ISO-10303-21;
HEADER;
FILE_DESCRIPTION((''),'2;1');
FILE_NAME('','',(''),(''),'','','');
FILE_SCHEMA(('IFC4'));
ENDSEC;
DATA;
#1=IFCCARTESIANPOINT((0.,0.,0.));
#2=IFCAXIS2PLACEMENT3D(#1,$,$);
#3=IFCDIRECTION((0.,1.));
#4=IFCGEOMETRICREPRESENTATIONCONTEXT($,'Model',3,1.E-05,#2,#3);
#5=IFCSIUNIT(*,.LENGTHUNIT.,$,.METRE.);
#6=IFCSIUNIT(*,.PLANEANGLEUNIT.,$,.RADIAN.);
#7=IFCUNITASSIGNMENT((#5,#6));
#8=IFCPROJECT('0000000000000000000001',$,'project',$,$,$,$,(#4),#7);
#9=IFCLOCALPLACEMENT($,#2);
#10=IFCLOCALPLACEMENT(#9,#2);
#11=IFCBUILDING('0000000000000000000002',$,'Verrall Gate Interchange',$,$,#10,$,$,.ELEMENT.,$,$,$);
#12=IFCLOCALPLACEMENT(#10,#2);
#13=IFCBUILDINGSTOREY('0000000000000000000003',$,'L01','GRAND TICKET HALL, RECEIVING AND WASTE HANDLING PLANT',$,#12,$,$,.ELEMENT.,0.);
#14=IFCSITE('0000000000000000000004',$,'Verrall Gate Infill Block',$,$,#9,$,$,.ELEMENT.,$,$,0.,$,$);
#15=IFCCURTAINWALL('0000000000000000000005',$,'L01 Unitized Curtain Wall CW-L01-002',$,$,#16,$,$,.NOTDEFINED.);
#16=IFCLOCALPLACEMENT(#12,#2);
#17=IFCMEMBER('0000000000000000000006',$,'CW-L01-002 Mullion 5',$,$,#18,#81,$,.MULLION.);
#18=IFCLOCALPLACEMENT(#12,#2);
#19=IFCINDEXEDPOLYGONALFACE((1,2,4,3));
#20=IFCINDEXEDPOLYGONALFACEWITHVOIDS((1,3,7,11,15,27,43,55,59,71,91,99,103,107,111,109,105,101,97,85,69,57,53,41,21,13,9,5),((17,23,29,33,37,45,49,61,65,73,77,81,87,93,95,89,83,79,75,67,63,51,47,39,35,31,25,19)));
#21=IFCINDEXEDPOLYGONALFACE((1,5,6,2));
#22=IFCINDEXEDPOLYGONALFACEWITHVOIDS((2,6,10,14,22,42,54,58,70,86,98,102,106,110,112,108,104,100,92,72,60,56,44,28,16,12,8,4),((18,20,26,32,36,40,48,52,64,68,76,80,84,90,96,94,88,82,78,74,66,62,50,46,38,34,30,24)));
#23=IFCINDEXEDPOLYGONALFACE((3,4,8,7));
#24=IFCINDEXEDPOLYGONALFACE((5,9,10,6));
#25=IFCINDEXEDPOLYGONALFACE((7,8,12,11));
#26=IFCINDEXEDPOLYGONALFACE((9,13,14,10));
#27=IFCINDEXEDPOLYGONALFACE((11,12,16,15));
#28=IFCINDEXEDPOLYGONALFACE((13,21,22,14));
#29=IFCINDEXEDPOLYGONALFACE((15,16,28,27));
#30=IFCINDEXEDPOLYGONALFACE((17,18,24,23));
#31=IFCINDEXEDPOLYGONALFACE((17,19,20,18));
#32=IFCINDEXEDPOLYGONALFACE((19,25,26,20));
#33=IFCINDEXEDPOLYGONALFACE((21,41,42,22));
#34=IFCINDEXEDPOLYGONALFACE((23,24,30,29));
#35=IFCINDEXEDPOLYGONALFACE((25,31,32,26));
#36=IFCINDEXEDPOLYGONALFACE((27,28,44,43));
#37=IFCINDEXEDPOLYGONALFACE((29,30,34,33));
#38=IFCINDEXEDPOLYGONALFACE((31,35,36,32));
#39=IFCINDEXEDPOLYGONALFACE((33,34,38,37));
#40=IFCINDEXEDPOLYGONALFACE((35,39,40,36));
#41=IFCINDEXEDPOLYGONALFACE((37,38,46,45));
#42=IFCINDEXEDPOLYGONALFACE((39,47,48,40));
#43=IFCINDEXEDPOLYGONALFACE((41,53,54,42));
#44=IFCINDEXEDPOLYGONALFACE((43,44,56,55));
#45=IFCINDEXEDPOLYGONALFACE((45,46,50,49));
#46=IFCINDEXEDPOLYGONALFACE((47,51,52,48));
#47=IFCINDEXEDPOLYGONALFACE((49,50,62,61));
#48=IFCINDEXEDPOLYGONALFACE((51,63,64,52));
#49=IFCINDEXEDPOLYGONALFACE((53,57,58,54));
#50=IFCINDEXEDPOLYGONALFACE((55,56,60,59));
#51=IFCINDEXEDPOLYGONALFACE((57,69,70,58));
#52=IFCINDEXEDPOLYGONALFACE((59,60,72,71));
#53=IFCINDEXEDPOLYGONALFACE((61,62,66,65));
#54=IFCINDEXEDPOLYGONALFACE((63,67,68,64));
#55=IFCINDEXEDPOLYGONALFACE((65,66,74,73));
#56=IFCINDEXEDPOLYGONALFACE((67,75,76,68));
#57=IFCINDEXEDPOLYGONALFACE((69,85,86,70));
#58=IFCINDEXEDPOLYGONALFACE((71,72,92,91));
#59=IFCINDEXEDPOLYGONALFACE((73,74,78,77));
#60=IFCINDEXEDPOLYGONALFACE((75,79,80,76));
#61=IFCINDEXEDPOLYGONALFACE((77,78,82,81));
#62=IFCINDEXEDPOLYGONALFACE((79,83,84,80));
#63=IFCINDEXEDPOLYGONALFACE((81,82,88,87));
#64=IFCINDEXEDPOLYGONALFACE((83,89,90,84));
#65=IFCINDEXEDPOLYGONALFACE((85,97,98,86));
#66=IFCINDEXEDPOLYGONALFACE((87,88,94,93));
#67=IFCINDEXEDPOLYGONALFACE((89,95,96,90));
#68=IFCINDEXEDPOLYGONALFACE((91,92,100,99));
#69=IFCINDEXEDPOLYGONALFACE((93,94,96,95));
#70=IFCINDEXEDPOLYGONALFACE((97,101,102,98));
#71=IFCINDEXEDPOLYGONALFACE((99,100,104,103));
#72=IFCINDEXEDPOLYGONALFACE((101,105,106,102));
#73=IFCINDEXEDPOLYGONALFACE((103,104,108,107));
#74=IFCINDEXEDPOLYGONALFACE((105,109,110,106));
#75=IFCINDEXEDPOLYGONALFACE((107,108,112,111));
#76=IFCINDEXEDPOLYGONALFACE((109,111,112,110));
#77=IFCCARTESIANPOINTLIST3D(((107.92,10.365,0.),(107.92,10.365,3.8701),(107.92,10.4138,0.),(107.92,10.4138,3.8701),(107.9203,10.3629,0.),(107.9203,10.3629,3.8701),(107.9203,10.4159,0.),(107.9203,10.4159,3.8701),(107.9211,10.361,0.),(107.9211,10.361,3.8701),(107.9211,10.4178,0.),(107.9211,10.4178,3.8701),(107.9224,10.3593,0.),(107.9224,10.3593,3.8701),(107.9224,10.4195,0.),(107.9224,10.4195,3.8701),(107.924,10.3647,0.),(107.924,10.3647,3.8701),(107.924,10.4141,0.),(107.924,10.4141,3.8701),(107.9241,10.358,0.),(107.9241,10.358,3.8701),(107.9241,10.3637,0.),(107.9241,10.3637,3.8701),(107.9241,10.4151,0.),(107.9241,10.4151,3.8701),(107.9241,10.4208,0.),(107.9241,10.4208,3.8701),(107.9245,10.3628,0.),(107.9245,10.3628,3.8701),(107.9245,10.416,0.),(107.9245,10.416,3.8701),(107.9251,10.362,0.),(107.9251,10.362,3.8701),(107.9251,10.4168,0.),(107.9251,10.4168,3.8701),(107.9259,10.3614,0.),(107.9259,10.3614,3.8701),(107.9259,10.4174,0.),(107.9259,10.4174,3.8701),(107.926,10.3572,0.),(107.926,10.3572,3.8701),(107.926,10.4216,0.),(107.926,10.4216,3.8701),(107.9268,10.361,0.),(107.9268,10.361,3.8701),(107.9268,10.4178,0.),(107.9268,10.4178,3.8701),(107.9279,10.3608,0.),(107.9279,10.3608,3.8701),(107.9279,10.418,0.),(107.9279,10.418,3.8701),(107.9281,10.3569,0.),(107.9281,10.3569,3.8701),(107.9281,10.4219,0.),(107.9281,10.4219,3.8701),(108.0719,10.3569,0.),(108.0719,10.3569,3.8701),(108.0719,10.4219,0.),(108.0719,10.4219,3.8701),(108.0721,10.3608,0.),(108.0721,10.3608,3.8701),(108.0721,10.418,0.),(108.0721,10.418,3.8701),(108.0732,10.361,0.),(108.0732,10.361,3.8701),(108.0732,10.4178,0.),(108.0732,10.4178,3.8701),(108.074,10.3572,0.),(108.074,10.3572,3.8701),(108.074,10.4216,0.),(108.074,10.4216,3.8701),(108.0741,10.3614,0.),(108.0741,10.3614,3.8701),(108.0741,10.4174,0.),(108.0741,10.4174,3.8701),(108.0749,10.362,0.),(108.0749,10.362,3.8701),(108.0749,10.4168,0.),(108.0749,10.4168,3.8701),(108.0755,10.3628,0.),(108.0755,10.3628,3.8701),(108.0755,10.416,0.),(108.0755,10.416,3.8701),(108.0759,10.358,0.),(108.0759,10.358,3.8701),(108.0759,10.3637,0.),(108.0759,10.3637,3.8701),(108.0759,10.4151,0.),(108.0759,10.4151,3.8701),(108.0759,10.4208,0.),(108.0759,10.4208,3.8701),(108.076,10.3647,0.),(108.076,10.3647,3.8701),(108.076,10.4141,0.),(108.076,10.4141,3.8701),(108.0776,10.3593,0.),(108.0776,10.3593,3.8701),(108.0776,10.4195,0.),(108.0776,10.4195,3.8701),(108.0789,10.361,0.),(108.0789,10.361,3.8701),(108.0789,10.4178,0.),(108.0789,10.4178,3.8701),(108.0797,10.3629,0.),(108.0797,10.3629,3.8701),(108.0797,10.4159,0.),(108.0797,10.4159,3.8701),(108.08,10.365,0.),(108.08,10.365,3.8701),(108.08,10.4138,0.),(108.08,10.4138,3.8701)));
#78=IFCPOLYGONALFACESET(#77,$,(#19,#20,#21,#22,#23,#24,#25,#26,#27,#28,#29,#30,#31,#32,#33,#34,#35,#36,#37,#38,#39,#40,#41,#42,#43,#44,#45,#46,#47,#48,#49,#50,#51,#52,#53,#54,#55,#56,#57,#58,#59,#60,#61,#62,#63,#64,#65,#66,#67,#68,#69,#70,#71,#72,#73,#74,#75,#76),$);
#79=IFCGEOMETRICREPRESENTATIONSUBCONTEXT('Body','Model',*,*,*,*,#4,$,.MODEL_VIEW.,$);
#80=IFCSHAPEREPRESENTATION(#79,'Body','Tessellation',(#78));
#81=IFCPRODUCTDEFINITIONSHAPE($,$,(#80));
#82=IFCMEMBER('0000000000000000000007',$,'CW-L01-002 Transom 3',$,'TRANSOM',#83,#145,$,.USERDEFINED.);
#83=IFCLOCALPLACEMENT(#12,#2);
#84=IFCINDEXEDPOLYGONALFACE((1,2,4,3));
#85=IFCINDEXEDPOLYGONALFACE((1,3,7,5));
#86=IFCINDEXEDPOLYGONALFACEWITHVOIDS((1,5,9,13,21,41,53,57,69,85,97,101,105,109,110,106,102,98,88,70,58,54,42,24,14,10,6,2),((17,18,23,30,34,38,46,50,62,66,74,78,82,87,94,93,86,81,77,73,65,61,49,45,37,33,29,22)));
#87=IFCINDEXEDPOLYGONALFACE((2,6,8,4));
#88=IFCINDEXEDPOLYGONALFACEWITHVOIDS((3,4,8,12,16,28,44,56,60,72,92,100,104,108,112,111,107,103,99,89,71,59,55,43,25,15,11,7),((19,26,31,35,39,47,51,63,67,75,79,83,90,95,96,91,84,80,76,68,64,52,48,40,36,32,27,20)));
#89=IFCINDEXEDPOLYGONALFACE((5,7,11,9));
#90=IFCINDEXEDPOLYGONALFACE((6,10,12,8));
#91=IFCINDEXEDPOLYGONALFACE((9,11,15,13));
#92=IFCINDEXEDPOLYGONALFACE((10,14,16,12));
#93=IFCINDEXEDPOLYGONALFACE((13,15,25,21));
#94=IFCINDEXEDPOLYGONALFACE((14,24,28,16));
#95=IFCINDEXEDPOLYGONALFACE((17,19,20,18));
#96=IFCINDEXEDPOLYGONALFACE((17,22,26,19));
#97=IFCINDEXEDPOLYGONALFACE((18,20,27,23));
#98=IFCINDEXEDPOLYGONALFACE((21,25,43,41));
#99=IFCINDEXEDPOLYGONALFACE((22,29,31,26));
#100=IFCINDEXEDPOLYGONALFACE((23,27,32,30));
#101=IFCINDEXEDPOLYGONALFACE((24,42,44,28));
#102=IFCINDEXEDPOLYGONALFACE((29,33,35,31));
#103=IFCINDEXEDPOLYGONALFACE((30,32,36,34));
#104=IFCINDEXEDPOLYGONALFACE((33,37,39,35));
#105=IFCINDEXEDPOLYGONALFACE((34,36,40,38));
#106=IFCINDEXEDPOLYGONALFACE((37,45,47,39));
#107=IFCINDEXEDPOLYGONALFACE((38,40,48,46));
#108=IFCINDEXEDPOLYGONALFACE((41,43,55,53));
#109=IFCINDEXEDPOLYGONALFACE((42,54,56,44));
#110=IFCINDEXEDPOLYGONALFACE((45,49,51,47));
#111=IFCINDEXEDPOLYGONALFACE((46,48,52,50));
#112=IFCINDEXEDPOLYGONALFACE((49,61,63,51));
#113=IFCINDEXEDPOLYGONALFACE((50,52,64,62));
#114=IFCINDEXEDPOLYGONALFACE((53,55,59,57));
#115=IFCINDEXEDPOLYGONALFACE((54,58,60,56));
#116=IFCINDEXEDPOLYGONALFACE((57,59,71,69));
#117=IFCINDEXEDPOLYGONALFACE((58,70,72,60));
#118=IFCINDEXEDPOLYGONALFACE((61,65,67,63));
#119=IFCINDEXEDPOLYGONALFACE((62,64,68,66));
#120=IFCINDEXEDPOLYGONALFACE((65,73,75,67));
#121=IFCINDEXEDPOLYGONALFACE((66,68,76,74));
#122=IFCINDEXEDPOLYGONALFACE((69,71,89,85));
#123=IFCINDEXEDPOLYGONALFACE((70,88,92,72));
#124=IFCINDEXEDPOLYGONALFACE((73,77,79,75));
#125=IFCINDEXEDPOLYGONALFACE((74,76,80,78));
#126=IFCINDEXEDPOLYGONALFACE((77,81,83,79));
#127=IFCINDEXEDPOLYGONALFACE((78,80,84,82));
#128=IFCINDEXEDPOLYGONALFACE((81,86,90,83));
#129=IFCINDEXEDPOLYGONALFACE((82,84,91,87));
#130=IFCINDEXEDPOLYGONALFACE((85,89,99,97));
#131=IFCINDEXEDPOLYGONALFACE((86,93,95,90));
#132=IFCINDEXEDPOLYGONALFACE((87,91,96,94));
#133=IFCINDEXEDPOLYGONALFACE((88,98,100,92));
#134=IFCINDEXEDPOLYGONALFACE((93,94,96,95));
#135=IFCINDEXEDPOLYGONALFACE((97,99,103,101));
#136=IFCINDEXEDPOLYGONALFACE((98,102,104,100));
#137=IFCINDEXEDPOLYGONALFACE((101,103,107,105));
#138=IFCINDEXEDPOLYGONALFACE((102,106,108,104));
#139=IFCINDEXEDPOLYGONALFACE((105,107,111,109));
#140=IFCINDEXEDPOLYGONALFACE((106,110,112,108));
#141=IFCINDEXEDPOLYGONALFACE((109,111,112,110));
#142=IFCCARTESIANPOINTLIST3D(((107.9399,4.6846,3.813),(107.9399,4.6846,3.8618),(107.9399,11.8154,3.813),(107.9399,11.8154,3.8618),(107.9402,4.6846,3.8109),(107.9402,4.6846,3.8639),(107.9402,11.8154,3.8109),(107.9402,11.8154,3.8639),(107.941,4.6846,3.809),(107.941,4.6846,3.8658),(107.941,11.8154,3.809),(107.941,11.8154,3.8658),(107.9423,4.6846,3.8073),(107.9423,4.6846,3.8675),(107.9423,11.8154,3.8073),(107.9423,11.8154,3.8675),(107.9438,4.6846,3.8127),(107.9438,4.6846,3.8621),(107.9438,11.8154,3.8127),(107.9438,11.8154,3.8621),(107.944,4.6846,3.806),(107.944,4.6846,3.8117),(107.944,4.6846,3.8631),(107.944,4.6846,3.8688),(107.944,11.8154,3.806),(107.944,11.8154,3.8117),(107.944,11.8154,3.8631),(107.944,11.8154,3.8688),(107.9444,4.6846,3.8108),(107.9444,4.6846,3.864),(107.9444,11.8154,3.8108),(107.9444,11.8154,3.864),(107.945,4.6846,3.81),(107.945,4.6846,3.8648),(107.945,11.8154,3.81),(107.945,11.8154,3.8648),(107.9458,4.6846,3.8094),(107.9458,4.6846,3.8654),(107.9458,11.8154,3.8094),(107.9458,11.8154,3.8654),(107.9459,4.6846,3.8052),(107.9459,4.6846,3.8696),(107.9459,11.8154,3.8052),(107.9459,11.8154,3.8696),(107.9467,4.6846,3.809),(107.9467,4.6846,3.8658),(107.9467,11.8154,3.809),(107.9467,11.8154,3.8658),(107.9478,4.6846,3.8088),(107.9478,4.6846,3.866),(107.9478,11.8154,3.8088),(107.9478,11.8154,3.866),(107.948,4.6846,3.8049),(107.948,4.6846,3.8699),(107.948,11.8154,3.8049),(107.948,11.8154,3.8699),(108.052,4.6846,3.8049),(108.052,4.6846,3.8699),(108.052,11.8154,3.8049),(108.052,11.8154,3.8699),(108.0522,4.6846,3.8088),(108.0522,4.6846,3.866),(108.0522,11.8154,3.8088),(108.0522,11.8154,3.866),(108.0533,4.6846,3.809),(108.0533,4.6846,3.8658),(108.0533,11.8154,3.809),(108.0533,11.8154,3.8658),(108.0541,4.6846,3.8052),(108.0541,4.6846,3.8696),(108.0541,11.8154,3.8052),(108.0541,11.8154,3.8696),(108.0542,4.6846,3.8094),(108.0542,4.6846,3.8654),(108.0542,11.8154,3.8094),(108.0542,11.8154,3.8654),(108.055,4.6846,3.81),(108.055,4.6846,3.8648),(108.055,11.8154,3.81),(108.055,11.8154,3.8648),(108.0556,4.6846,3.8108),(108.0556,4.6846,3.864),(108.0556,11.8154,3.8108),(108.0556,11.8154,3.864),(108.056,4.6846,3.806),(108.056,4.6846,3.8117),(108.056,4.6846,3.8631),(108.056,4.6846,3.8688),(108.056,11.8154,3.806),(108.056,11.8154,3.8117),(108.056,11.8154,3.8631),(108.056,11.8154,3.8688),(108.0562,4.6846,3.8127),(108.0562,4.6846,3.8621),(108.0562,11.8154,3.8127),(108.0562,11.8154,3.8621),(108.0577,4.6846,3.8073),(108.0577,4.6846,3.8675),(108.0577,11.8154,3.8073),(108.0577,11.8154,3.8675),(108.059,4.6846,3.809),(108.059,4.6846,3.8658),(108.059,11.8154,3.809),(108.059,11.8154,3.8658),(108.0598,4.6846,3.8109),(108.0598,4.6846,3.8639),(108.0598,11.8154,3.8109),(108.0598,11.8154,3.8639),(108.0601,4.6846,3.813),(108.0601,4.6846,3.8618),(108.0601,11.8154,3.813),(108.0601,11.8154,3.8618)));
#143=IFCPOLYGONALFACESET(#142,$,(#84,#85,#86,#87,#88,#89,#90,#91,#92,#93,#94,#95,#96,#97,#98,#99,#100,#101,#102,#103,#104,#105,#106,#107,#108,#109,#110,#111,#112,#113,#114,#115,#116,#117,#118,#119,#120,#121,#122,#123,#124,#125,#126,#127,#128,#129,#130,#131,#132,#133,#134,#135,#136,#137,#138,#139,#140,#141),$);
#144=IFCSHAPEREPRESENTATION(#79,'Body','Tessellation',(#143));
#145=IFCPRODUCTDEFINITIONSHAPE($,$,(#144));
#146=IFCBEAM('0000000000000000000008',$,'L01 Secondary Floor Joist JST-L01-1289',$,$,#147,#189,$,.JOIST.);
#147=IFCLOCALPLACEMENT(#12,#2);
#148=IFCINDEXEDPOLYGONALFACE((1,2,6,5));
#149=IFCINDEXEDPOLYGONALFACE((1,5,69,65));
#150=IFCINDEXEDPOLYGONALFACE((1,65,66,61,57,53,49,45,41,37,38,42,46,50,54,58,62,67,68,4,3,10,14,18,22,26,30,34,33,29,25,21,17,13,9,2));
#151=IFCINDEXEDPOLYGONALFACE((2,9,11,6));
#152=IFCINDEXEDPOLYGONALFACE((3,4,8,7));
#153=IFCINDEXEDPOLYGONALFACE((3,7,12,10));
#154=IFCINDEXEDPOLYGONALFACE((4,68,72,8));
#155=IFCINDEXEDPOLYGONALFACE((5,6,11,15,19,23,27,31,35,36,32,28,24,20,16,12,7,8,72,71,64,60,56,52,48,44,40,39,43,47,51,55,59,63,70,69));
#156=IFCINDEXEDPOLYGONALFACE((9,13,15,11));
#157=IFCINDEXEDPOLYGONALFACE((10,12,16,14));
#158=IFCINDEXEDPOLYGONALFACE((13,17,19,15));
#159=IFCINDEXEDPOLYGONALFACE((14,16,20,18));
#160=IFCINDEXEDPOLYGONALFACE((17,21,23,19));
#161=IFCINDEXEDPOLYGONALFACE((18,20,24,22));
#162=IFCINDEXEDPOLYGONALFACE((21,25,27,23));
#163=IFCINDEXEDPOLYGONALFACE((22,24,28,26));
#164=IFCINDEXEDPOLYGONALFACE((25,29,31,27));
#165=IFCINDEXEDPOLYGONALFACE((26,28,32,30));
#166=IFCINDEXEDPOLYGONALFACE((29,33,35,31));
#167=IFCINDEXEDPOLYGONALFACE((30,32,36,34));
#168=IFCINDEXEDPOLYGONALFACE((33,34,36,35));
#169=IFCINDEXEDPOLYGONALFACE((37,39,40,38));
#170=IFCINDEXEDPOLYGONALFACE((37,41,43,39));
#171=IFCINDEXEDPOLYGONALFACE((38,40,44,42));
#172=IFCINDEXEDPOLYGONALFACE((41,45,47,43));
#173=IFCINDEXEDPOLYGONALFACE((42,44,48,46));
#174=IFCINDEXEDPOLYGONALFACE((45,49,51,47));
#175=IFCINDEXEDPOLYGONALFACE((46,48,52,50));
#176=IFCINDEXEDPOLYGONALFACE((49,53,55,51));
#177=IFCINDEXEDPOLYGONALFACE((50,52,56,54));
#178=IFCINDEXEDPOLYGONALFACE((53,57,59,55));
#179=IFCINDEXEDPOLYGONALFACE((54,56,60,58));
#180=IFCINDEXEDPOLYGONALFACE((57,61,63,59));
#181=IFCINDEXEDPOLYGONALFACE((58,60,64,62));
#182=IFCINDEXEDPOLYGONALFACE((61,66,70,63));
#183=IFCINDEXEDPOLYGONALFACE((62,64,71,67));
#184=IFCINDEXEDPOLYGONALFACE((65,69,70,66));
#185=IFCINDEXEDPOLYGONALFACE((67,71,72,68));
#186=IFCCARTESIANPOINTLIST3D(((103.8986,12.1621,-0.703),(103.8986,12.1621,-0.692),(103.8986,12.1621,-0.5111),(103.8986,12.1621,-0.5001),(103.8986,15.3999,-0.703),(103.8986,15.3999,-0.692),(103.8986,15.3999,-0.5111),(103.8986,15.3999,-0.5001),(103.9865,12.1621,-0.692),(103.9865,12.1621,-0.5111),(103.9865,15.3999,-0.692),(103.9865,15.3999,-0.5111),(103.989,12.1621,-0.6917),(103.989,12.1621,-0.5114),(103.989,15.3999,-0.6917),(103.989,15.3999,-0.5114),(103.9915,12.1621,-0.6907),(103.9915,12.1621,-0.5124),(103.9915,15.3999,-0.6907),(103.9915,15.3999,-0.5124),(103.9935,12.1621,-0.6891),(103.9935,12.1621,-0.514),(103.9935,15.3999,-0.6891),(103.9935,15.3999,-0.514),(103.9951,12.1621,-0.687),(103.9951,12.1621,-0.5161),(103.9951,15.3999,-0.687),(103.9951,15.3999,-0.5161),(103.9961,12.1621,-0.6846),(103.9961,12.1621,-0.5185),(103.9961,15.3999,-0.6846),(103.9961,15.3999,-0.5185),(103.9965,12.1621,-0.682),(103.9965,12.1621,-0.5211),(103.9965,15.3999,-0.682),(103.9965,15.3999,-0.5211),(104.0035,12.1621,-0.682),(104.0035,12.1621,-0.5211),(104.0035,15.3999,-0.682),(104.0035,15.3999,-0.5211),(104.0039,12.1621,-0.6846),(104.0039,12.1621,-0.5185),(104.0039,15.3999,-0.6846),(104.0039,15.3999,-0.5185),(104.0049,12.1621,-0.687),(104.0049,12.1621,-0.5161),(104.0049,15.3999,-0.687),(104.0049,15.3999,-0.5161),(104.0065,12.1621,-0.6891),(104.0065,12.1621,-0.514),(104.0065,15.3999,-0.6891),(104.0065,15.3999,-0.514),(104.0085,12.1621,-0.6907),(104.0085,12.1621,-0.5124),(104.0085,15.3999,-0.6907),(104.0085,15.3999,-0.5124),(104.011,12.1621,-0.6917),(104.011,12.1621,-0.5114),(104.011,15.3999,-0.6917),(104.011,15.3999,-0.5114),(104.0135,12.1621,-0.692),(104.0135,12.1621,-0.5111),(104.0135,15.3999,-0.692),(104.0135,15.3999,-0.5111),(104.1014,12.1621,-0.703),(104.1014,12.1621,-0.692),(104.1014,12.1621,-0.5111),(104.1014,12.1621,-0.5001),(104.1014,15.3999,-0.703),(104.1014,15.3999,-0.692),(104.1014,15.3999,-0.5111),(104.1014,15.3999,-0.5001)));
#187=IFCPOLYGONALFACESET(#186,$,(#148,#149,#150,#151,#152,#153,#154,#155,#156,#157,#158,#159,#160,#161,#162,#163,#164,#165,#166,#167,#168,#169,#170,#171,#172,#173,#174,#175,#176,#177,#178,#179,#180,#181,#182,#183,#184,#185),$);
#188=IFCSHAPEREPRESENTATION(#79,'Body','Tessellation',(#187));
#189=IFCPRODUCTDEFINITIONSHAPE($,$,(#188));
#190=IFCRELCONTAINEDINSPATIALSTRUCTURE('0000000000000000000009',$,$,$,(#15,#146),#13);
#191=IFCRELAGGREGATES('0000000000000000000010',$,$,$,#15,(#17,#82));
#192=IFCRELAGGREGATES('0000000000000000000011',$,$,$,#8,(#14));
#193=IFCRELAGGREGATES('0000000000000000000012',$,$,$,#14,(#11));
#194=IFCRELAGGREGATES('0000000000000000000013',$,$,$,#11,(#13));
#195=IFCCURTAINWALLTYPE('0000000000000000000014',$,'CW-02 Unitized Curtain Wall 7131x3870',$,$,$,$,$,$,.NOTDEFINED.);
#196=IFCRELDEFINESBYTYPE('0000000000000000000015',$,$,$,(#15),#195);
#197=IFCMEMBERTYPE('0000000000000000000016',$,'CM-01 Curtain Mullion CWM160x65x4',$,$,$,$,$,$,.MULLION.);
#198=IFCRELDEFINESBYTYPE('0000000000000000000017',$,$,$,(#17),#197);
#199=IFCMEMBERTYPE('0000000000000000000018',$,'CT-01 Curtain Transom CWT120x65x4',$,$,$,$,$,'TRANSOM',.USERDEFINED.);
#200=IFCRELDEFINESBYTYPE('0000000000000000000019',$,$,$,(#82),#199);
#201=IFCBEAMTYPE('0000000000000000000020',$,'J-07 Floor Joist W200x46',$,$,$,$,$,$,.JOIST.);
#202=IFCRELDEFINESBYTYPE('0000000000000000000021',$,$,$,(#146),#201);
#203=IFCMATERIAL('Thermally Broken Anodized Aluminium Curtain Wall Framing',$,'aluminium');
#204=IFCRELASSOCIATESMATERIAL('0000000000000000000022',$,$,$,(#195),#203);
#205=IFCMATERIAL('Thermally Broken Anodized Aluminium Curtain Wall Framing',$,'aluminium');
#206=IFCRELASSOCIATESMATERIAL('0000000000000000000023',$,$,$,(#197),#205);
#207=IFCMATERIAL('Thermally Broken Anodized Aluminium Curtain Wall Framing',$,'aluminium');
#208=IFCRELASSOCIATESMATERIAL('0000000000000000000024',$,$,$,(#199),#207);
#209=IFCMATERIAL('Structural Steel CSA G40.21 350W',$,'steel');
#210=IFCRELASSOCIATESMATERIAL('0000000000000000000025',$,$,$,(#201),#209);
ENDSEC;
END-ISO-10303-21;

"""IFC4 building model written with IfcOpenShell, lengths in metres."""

from ifc_helpers import new_model, si_unit, direction, frame, origin, origin_2d, place, context, subcontext, project, spatial, hollow_rectangle, i_section, extrude, material, material_profile, profile_set, type_object, element, aggregate, save


model = new_model("IFC4")

# Units and contexts
model_context = context("Model", 3, precision=1e-05, world=origin(), true_north=direction((0.0, 1.0)))
body_context = subcontext(model_context, "Body", "Model", "MODEL_VIEW")
ifc_project = project(units=[si_unit("LENGTHUNIT", "METRE"), si_unit("PLANEANGLEUNIT", "RADIAN")], contexts=[model_context])

# Site, building, storey
site_placement = place(None, origin())
site = spatial("IfcSite", under=ifc_project, at=site_placement, Name="Verrall Gate Infill Block", CompositionType="ELEMENT", RefElevation=0.0)
building_placement = place(site_placement, origin())
building = spatial("IfcBuilding", under=site, at=building_placement, Name="Verrall Gate Interchange", CompositionType="ELEMENT")
storey_placement = place(building_placement, origin())
storey = spatial("IfcBuildingStorey", under=building, at=storey_placement, Name="L01", Description="GRAND TICKET HALL, RECEIVING AND WASTE HANDLING PLANT", CompositionType="ELEMENT", Elevation=0.0)

# Curtain wall, members
ifc_material_1 = material(Name="Thermally Broken Anodized Aluminium Curtain Wall Framing", Category="aluminium")
curtain_wall_type = type_object("IfcCurtainWallType", Name="CW-02 Unitized Curtain Wall 7131x3870", PredefinedType="NOTDEFINED", material=ifc_material_1)
curtain_wall_placement = place(storey_placement, origin())
curtain_wall = element("IfcCurtainWall", 1, at=curtain_wall_placement, inside=storey, type_object=curtain_wall_type, Name="L01 Unitized Curtain Wall CW-L01-002", PredefinedType="NOTDEFINED")
ifc_material_2 = material(Name="Thermally Broken Anodized Aluminium Curtain Wall Framing", Category="aluminium")
ifc_material_profile_1 = material_profile(ifc_material_2, hollow_rectangle(XDim=0.0649, YDim=0.1599, WallThickness=0.0039, InnerFilletRadius=0.0039, OuterFilletRadius=0.0081, at=origin_2d()), Name="CWM160x65x4")
ifc_profile_set_1 = profile_set([ifc_material_profile_1], Name="Thermally Broken Anodized Aluminium Curtain Wall Framing")
member_type_1 = type_object("IfcMemberType", Name="CM-01 Curtain Mullion CWM160x65x4", PredefinedType="MULLION", material=ifc_profile_set_1)
member_1_placement = place(storey_placement, frame((108.0, 10.3894, 0.0), z_axis=(0.0, 0.0, 1.0), x_axis=(0.0, 1.0, 0.0)))
member_1 = element("IfcMember", 2, at=member_1_placement, type_object=member_type_1, Name="CW-L01-002 Mullion 5", PredefinedType="MULLION", context=body_context, shape_type="SweptSolid", body=[
    extrude(hollow_rectangle(XDim=0.0649, YDim=0.1599, WallThickness=0.0039, InnerFilletRadius=0.0039, OuterFilletRadius=0.0081, at=origin_2d()), origin(), (0.0, 0.0, 1.0), 3.8701),
])
ifc_material_3 = material(Name="Thermally Broken Anodized Aluminium Curtain Wall Framing", Category="aluminium")
ifc_material_profile_2 = material_profile(ifc_material_3, hollow_rectangle(XDim=0.1201, YDim=0.0649, WallThickness=0.0039, InnerFilletRadius=0.0039, OuterFilletRadius=0.0081, at=origin_2d()), Name="CWT120x65x4")
ifc_profile_set_2 = profile_set([ifc_material_profile_2], Name="Thermally Broken Anodized Aluminium Curtain Wall Framing")
member_type_2 = type_object("IfcMemberType", Name="CT-01 Curtain Transom CWT120x65x4", ElementType="TRANSOM", PredefinedType="USERDEFINED", material=ifc_profile_set_2)
member_2_placement = place(storey_placement, frame((108.0, 4.6846, 3.8374), z_axis=(0.0, 1.0, 0.0), x_axis=(-1.0, 0.0, 0.0)))
member_2 = element("IfcMember", 3, at=member_2_placement, type_object=member_type_2, Name="CW-L01-002 Transom 3", ObjectType="TRANSOM", PredefinedType="USERDEFINED", context=body_context, shape_type="SweptSolid", body=[
    extrude(hollow_rectangle(XDim=0.1201, YDim=0.0649, WallThickness=0.0039, InnerFilletRadius=0.0039, OuterFilletRadius=0.0081, at=origin_2d()), origin(), (0.0, 0.0, 1.0), 7.1309),
])

# Beam
ifc_material_4 = material(Name="Structural Steel CSA G40.21 350W", Category="steel")
ifc_material_profile_3 = material_profile(ifc_material_4, i_section(OverallWidth=0.2029, OverallDepth=0.2029, WebThickness=0.0071, FlangeThickness=0.011, FilletRadius=0.01, at=origin_2d()), Name="W200x46")
ifc_profile_set_3 = profile_set([ifc_material_profile_3], Name="Structural Steel CSA G40.21 350W")
beam_type = type_object("IfcBeamType", Name="J-07 Floor Joist W200x46", PredefinedType="JOIST", material=ifc_profile_set_3)
beam_placement = place(storey_placement, frame((104.0, 12.1621, -0.6016), z_axis=(0.0, 1.0, 0.0), x_axis=(-1.0, 0.0, 0.0)))
element("IfcBeam", 4, at=beam_placement, inside=storey, type_object=beam_type, Name="L01 Secondary Floor Joist JST-L01-1289", PredefinedType="JOIST", context=body_context, shape_type="SweptSolid", body=[
    extrude(i_section(OverallWidth=0.2029, OverallDepth=0.2029, WebThickness=0.0071, FlangeThickness=0.011, FilletRadius=0.01, at=origin_2d()), origin(), (0.0, 0.0, 1.0), 3.2378),
])

aggregate(curtain_wall, [member_1, member_2])

save(model, "model.ifc")
